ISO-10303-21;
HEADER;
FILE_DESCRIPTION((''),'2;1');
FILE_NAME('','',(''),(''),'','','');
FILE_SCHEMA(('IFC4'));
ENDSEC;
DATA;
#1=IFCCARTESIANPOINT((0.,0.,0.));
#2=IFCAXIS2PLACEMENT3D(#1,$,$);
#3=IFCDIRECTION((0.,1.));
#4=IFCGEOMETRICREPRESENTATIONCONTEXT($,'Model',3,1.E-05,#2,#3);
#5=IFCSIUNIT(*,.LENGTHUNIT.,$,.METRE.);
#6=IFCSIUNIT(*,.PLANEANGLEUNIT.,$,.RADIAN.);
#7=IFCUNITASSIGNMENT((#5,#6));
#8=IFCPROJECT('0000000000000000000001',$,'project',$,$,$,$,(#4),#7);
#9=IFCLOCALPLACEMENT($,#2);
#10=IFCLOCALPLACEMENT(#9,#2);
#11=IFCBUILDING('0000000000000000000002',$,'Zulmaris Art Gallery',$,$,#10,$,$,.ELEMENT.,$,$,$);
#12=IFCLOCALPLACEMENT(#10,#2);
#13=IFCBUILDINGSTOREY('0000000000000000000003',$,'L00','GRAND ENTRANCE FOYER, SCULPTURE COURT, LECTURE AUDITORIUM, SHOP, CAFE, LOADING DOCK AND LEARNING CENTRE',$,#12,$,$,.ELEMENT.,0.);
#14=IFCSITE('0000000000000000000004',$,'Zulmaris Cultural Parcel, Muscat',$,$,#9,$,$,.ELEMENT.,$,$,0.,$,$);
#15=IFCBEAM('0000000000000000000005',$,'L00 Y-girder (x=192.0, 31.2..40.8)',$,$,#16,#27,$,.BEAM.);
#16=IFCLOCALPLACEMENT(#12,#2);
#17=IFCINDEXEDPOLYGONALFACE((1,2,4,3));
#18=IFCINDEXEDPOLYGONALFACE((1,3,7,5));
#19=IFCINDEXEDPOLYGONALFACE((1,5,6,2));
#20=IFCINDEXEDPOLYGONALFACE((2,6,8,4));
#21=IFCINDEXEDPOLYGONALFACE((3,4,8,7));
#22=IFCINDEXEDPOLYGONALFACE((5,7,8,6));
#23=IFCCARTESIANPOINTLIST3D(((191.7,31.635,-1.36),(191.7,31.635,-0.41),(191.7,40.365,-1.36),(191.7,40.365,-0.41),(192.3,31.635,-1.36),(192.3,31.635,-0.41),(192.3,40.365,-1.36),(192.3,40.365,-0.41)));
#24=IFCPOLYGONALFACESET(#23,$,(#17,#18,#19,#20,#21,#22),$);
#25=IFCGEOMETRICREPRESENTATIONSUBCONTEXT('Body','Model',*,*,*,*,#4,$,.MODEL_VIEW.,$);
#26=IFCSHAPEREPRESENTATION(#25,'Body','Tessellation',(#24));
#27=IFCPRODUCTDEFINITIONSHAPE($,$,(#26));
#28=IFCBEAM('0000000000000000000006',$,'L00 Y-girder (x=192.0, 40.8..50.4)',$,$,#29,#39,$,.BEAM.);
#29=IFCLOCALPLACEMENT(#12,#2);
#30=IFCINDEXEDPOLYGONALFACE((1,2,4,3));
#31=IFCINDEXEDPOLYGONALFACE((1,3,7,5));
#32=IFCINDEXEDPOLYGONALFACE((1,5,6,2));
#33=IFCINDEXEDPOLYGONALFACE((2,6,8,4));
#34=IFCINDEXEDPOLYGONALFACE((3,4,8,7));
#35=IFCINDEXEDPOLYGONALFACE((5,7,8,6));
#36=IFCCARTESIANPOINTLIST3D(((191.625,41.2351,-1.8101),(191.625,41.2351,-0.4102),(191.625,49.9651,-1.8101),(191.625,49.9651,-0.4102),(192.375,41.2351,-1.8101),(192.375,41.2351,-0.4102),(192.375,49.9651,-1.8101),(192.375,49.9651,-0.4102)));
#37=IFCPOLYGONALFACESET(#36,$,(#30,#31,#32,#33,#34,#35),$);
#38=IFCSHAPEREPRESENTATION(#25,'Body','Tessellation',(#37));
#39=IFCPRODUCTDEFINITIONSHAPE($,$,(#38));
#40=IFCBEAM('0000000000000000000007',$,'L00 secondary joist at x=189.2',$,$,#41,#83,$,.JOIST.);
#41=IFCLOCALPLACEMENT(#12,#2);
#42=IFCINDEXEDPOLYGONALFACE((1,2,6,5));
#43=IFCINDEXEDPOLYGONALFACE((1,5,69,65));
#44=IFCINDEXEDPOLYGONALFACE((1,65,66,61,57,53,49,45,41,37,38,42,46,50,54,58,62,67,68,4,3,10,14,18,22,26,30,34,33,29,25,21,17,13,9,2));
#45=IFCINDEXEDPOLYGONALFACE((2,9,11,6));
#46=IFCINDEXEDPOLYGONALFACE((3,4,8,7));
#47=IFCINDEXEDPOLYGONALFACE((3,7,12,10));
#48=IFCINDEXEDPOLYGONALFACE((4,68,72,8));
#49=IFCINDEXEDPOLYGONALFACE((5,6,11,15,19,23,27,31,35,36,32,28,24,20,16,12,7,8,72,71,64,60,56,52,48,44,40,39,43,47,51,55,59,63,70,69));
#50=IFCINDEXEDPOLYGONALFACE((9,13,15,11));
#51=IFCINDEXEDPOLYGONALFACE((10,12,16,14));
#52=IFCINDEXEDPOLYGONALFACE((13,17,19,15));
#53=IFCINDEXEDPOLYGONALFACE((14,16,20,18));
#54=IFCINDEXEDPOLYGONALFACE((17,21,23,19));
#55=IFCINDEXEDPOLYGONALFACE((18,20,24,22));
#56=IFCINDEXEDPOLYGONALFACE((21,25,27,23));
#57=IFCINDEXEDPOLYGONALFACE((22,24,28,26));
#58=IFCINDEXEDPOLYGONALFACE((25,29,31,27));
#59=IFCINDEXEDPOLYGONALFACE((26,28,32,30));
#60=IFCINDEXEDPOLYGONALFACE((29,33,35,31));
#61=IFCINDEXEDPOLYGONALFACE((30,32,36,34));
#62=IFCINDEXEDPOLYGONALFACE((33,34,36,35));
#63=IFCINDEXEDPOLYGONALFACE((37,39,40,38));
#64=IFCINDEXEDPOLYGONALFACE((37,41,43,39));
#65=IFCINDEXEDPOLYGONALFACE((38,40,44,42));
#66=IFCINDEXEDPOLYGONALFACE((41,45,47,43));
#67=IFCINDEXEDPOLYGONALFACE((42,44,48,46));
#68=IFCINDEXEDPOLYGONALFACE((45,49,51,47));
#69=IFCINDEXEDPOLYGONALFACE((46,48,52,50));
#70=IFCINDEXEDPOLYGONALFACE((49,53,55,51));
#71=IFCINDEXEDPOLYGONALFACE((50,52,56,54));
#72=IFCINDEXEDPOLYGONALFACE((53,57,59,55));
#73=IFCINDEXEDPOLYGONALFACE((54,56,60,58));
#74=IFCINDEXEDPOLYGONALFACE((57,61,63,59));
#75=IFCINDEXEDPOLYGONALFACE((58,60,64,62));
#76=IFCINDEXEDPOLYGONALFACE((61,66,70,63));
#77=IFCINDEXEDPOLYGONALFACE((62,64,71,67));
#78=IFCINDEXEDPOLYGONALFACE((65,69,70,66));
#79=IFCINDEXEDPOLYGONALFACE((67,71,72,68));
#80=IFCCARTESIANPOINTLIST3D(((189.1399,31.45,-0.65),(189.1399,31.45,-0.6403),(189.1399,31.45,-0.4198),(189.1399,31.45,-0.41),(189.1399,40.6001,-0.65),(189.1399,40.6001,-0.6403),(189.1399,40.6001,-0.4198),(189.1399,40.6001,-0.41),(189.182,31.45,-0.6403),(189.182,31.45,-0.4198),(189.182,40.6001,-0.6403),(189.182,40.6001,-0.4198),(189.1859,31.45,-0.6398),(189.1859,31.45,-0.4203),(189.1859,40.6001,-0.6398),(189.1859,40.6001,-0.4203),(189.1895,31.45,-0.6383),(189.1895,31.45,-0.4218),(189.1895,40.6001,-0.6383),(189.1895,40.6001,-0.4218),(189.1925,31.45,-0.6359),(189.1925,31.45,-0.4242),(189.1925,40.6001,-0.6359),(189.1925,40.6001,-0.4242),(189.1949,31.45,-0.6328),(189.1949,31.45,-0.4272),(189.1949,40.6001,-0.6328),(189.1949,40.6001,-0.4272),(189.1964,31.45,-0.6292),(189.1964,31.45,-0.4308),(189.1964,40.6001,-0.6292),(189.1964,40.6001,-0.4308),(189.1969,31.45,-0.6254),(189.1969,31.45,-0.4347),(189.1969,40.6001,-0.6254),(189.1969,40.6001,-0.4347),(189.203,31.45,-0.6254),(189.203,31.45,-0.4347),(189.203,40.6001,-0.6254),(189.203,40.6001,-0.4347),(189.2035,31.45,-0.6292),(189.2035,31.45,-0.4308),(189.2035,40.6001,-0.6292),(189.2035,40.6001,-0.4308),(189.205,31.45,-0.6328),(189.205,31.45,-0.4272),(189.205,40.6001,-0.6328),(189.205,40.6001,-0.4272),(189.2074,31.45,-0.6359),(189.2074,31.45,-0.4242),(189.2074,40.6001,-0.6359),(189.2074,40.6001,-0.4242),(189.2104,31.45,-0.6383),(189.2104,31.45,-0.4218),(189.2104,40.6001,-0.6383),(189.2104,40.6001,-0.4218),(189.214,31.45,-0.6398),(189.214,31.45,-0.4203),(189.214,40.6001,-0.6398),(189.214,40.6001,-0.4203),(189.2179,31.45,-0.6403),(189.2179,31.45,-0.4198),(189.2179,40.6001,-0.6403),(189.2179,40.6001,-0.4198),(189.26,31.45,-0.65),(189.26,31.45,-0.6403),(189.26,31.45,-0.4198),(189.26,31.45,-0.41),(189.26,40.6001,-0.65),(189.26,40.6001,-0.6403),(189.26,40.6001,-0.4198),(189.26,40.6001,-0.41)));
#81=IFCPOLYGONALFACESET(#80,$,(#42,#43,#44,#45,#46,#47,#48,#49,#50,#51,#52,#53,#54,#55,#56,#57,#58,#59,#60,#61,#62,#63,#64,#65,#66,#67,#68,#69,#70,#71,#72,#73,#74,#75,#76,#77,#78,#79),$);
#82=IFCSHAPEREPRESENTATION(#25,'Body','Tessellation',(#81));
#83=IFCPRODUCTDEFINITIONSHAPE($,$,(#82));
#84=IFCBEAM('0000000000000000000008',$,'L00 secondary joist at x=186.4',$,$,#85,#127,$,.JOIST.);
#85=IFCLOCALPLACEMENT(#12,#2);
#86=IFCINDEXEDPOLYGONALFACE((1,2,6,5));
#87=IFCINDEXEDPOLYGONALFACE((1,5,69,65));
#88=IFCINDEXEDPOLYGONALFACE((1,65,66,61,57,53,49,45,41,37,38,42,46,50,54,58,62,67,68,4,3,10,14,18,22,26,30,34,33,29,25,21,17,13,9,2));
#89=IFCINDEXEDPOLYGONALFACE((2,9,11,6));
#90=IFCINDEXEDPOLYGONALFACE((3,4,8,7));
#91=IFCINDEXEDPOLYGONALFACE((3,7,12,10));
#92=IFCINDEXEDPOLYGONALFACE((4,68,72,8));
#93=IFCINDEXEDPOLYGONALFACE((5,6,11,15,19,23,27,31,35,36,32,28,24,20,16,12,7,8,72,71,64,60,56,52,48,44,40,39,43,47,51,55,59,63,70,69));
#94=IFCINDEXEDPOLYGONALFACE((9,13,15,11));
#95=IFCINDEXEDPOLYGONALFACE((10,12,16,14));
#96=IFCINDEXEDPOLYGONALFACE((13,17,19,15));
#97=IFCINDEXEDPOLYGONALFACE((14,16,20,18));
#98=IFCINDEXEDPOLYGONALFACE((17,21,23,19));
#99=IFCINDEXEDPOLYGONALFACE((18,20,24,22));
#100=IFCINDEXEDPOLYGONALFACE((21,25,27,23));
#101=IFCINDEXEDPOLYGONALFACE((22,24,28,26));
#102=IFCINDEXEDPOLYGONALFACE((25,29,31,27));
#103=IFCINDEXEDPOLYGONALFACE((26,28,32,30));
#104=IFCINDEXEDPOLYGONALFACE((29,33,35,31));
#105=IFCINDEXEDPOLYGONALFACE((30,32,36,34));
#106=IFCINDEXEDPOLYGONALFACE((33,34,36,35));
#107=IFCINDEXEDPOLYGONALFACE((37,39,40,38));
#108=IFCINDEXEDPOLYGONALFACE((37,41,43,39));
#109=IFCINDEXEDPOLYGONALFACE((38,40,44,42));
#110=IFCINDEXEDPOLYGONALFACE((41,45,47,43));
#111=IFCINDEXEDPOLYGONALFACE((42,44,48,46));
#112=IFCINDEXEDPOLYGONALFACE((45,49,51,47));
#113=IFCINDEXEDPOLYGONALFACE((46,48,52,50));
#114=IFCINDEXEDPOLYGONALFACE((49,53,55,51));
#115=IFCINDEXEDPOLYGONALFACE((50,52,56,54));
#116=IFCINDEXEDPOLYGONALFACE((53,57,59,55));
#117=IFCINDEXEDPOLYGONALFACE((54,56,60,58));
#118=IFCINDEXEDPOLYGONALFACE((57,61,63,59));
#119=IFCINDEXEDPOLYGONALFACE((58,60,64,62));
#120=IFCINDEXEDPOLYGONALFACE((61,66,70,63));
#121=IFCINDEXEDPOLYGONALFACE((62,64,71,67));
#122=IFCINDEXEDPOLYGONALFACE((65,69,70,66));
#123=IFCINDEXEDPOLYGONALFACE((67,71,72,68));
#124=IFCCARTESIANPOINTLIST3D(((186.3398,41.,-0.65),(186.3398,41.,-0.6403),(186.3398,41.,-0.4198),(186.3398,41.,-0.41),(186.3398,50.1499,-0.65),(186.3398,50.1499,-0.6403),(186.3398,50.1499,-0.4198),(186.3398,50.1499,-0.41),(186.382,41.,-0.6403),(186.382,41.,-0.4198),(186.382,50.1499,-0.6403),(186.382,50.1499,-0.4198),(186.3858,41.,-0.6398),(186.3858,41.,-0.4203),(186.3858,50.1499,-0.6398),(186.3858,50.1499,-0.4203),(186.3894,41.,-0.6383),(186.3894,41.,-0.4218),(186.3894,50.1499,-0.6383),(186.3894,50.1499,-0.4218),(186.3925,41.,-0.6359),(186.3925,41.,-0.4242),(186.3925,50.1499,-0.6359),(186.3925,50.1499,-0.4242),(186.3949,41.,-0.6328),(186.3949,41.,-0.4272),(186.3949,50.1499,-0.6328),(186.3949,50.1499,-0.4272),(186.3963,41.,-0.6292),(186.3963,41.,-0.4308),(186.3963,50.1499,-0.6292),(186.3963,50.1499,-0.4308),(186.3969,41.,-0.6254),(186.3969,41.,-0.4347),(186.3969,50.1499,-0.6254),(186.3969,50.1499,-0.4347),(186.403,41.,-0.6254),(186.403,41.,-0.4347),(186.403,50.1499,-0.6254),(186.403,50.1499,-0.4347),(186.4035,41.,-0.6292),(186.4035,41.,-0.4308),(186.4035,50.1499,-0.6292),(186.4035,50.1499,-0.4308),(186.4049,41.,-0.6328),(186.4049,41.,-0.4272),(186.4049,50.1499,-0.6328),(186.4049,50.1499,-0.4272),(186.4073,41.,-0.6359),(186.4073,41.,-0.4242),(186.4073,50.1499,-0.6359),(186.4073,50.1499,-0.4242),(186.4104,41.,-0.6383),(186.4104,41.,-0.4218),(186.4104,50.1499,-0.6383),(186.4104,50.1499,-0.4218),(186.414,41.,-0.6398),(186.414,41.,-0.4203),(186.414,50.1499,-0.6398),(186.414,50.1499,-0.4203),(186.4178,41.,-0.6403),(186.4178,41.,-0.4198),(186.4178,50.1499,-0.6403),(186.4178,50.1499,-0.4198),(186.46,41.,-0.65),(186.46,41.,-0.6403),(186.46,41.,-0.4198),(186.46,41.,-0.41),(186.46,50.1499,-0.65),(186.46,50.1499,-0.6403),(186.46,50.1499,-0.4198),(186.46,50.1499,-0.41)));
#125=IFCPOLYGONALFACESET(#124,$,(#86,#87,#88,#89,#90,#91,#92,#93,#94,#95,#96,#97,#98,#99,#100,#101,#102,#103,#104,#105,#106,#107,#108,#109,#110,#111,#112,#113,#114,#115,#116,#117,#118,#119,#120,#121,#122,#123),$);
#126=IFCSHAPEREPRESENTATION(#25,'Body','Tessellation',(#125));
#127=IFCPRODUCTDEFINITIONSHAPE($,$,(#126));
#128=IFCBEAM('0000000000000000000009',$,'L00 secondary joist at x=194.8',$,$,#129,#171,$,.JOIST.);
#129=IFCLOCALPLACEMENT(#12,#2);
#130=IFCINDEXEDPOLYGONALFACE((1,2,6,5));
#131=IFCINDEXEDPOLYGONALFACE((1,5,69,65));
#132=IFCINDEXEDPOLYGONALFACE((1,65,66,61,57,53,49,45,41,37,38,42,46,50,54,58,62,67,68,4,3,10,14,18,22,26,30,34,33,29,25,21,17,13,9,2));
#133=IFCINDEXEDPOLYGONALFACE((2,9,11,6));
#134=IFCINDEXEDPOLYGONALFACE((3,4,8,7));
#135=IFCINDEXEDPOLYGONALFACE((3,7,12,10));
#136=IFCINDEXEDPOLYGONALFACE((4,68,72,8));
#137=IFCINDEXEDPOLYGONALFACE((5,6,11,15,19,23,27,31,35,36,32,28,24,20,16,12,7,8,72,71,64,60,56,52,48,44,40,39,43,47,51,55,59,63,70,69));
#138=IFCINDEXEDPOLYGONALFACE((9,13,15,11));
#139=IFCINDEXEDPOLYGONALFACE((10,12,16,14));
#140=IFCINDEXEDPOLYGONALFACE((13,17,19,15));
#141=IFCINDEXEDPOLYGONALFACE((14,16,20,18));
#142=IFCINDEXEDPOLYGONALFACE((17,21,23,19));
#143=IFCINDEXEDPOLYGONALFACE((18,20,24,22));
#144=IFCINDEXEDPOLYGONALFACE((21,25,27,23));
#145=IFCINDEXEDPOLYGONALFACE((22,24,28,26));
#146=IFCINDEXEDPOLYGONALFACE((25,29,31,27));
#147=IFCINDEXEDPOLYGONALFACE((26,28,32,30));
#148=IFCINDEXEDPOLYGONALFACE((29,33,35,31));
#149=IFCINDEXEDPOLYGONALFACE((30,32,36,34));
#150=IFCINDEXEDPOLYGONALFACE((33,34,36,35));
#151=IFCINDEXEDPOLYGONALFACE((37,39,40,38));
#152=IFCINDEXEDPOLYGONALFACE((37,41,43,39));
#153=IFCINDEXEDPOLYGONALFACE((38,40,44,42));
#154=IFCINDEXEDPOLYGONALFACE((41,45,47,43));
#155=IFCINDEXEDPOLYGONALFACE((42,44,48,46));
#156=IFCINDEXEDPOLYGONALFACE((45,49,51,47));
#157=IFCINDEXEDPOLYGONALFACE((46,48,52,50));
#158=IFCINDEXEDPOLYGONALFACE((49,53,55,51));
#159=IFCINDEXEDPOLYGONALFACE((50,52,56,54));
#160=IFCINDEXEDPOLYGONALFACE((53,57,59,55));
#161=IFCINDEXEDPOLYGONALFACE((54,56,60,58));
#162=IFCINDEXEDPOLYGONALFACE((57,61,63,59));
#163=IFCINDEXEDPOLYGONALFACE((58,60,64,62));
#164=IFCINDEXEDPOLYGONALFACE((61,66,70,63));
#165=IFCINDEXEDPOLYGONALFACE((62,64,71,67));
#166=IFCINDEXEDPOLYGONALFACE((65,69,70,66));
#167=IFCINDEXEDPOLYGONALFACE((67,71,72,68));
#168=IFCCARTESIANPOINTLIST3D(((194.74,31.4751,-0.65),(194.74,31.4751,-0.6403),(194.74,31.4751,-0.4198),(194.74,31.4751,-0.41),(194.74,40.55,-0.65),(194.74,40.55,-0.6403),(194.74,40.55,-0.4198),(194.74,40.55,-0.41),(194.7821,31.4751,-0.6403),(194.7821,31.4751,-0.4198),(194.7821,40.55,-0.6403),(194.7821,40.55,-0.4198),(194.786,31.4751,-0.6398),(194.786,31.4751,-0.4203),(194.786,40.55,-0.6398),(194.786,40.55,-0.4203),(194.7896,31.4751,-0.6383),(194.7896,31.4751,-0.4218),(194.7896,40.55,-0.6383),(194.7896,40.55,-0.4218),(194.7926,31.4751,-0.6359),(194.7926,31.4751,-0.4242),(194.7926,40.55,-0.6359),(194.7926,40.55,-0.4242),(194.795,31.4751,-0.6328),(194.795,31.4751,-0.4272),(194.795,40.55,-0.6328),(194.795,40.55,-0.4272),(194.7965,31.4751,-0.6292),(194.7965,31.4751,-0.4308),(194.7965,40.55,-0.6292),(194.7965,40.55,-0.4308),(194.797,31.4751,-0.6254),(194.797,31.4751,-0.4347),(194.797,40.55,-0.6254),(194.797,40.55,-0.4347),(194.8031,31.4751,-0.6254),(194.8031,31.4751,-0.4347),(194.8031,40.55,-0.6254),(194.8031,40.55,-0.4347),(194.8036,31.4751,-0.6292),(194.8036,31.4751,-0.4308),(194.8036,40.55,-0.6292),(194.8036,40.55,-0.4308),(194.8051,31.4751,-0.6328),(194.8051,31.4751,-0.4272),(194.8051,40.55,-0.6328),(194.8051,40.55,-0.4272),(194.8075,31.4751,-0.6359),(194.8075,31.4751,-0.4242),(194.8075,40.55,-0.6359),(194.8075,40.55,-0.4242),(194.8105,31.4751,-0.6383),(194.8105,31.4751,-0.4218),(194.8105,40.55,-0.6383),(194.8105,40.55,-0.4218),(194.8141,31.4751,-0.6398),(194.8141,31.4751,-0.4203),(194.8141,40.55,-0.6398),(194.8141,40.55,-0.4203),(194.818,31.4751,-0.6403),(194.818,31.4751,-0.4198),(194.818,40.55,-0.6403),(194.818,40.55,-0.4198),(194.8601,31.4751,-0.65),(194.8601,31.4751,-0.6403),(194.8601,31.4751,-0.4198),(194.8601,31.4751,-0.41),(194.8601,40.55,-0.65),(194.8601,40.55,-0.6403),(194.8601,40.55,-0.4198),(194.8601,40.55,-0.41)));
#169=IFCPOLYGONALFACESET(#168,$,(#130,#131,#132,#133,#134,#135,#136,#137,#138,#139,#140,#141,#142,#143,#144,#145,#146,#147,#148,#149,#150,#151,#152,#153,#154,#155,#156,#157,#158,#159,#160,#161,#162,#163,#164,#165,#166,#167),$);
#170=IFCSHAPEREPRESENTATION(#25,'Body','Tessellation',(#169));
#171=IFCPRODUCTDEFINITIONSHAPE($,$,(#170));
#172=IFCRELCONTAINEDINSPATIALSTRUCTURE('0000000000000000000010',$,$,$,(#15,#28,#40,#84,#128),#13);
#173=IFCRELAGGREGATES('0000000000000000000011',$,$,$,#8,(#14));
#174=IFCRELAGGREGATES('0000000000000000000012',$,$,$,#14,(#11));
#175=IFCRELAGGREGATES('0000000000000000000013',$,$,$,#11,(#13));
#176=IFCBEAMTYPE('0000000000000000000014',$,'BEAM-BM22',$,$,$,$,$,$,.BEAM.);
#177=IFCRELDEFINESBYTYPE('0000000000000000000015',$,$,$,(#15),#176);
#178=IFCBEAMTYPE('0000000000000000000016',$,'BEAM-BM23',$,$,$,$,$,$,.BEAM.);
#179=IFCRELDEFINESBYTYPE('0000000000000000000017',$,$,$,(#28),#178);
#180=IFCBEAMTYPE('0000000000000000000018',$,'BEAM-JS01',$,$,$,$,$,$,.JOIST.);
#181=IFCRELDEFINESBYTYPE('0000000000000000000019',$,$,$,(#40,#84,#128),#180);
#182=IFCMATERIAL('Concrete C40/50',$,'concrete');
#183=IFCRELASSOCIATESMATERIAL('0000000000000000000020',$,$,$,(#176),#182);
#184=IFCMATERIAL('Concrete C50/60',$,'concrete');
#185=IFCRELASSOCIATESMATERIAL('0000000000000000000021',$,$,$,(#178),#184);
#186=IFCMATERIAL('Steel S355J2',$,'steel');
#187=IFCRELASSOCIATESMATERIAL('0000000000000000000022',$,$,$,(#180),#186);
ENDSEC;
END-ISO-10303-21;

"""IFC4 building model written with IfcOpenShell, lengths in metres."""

from ifc_helpers import new_model, si_unit, direction, frame, origin, origin_2d, place, context, subcontext, project, spatial, rectangle, i_section, extrude, material, material_profile, profile_set, type_object, element, save


model = new_model("IFC4")

# Units and contexts
model_context = context("Model", 3, precision=1e-05, world=origin(), true_north=direction((0.0, 1.0)))
body_context = subcontext(model_context, "Body", "Model", "MODEL_VIEW")
ifc_project = project(units=[si_unit("LENGTHUNIT", "METRE"), si_unit("PLANEANGLEUNIT", "RADIAN")], contexts=[model_context])

# Site, building, storey
site_placement = place(None, origin())
site = spatial("IfcSite", under=ifc_project, at=site_placement, Name="Zulmaris Cultural Parcel, Muscat", CompositionType="ELEMENT", RefElevation=0.0)
building_placement = place(site_placement, origin())
building = spatial("IfcBuilding", under=site, at=building_placement, Name="Zulmaris Art Gallery", CompositionType="ELEMENT")
storey_placement = place(building_placement, origin())
storey = spatial("IfcBuildingStorey", under=building, at=storey_placement, Name="L00", Description="GRAND ENTRANCE FOYER, SCULPTURE COURT, LECTURE AUDITORIUM, SHOP, CAFE, LOADING DOCK AND LEARNING CENTRE", CompositionType="ELEMENT", Elevation=0.0)

# Shared definitions
ifc_material_1 = material(Name="Concrete C50/60", Category="concrete")

# Beams
ifc_material_2 = material(Name="Concrete C40/50", Category="concrete")
ifc_material_profile_1 = material_profile(ifc_material_2, rectangle(XDim=0.6001, YDim=0.95, at=origin_2d()), Name="RC 600x950")
ifc_profile_set_1 = profile_set([ifc_material_profile_1], Name="Concrete C40/50")
beam_type_1 = type_object("IfcBeamType", Name="BEAM-BM22", PredefinedType="BEAM", material=ifc_profile_set_1)
for number, where, z_axis, x_axis, name in (
    (1, (192.0, 31.635, -0.885), (0.0, 1.0, 0.0), (-1.0, 0.0, 0.0), "L00 Y-girder (x=192.0, 31.2..40.8)"),
):
    element("IfcBeam", number, at=place(storey_placement, frame(where, z_axis=z_axis, x_axis=x_axis)), inside=storey, type_object=beam_type_1, Name=name, PredefinedType="BEAM", context=body_context, shape_type="SweptSolid", body=[
        extrude(rectangle(XDim=0.6001, YDim=0.95, at=origin_2d()), origin(), (0.0, 0.0, 1.0), 8.73),
    ])
ifc_material_profile_2 = material_profile(ifc_material_1, rectangle(XDim=0.75, YDim=1.3999, at=origin_2d()), Name="RC 750x1400")
ifc_profile_set_2 = profile_set([ifc_material_profile_2], Name="Concrete C50/60")
beam_type_2 = type_object("IfcBeamType", Name="BEAM-BM23", PredefinedType="BEAM", material=ifc_profile_set_2)
beam_1_placement = place(storey_placement, frame((192.0, 41.2351, -1.1101), z_axis=(0.0, 1.0, 0.0), x_axis=(-1.0, 0.0, 0.0)))
element("IfcBeam", 2, at=beam_1_placement, inside=storey, type_object=beam_type_2, Name="L00 Y-girder (x=192.0, 40.8..50.4)", PredefinedType="BEAM", context=body_context, shape_type="SweptSolid", body=[
    extrude(rectangle(XDim=0.75, YDim=1.3999, at=origin_2d()), origin(), (0.0, 0.0, 1.0), 8.73),
])
ifc_material_3 = material(Name="Steel S355J2", Category="steel")
ifc_material_profile_3 = material_profile(ifc_material_3, i_section(OverallWidth=0.1201, OverallDepth=0.24, WebThickness=0.0061, FlangeThickness=0.0098, FilletRadius=0.0149, at=origin_2d()), Name="IPE 240")
ifc_profile_set_3 = profile_set([ifc_material_profile_3], Name="Steel S355J2")
beam_type_3 = type_object("IfcBeamType", Name="BEAM-JS01", PredefinedType="JOIST", material=ifc_profile_set_3)
beam_2_placement = place(storey_placement, frame((189.2, 31.45, -0.53), z_axis=(0.0, 1.0, 0.0), x_axis=(-1.0, 0.0, 0.0)))
element("IfcBeam", 3, at=beam_2_placement, inside=storey, type_object=beam_type_3, Name="L00 secondary joist at x=189.2", PredefinedType="JOIST", context=body_context, shape_type="SweptSolid", body=[
    extrude(i_section(OverallWidth=0.1201, OverallDepth=0.24, WebThickness=0.0061, FlangeThickness=0.0098, FilletRadius=0.0149, at=origin_2d()), origin(), (0.0, 0.0, 1.0), 9.1501),
])
beam_3_placement = place(storey_placement, frame((186.3999, 41.0, -0.53), z_axis=(0.0, 1.0, 0.0), x_axis=(-1.0, 0.0, 0.0)))
element("IfcBeam", 4, at=beam_3_placement, inside=storey, type_object=beam_type_3, Name="L00 secondary joist at x=186.4", PredefinedType="JOIST", context=body_context, shape_type="SweptSolid", body=[
    extrude(i_section(OverallWidth=0.1201, OverallDepth=0.24, WebThickness=0.0061, FlangeThickness=0.0098, FilletRadius=0.0149, at=origin_2d()), origin(), (0.0, 0.0, 1.0), 9.1499),
])
beam_4_placement = place(storey_placement, frame((194.8, 31.4751, -0.53), z_axis=(0.0, 1.0, 0.0), x_axis=(-1.0, 0.0, 0.0)))
element("IfcBeam", 5, at=beam_4_placement, inside=storey, type_object=beam_type_3, Name="L00 secondary joist at x=194.8", PredefinedType="JOIST", context=body_context, shape_type="SweptSolid", body=[
    extrude(i_section(OverallWidth=0.1201, OverallDepth=0.24, WebThickness=0.0061, FlangeThickness=0.0098, FilletRadius=0.0149, at=origin_2d()), origin(), (0.0, 0.0, 1.0), 9.075),
])

save(model, "model.ifc")
